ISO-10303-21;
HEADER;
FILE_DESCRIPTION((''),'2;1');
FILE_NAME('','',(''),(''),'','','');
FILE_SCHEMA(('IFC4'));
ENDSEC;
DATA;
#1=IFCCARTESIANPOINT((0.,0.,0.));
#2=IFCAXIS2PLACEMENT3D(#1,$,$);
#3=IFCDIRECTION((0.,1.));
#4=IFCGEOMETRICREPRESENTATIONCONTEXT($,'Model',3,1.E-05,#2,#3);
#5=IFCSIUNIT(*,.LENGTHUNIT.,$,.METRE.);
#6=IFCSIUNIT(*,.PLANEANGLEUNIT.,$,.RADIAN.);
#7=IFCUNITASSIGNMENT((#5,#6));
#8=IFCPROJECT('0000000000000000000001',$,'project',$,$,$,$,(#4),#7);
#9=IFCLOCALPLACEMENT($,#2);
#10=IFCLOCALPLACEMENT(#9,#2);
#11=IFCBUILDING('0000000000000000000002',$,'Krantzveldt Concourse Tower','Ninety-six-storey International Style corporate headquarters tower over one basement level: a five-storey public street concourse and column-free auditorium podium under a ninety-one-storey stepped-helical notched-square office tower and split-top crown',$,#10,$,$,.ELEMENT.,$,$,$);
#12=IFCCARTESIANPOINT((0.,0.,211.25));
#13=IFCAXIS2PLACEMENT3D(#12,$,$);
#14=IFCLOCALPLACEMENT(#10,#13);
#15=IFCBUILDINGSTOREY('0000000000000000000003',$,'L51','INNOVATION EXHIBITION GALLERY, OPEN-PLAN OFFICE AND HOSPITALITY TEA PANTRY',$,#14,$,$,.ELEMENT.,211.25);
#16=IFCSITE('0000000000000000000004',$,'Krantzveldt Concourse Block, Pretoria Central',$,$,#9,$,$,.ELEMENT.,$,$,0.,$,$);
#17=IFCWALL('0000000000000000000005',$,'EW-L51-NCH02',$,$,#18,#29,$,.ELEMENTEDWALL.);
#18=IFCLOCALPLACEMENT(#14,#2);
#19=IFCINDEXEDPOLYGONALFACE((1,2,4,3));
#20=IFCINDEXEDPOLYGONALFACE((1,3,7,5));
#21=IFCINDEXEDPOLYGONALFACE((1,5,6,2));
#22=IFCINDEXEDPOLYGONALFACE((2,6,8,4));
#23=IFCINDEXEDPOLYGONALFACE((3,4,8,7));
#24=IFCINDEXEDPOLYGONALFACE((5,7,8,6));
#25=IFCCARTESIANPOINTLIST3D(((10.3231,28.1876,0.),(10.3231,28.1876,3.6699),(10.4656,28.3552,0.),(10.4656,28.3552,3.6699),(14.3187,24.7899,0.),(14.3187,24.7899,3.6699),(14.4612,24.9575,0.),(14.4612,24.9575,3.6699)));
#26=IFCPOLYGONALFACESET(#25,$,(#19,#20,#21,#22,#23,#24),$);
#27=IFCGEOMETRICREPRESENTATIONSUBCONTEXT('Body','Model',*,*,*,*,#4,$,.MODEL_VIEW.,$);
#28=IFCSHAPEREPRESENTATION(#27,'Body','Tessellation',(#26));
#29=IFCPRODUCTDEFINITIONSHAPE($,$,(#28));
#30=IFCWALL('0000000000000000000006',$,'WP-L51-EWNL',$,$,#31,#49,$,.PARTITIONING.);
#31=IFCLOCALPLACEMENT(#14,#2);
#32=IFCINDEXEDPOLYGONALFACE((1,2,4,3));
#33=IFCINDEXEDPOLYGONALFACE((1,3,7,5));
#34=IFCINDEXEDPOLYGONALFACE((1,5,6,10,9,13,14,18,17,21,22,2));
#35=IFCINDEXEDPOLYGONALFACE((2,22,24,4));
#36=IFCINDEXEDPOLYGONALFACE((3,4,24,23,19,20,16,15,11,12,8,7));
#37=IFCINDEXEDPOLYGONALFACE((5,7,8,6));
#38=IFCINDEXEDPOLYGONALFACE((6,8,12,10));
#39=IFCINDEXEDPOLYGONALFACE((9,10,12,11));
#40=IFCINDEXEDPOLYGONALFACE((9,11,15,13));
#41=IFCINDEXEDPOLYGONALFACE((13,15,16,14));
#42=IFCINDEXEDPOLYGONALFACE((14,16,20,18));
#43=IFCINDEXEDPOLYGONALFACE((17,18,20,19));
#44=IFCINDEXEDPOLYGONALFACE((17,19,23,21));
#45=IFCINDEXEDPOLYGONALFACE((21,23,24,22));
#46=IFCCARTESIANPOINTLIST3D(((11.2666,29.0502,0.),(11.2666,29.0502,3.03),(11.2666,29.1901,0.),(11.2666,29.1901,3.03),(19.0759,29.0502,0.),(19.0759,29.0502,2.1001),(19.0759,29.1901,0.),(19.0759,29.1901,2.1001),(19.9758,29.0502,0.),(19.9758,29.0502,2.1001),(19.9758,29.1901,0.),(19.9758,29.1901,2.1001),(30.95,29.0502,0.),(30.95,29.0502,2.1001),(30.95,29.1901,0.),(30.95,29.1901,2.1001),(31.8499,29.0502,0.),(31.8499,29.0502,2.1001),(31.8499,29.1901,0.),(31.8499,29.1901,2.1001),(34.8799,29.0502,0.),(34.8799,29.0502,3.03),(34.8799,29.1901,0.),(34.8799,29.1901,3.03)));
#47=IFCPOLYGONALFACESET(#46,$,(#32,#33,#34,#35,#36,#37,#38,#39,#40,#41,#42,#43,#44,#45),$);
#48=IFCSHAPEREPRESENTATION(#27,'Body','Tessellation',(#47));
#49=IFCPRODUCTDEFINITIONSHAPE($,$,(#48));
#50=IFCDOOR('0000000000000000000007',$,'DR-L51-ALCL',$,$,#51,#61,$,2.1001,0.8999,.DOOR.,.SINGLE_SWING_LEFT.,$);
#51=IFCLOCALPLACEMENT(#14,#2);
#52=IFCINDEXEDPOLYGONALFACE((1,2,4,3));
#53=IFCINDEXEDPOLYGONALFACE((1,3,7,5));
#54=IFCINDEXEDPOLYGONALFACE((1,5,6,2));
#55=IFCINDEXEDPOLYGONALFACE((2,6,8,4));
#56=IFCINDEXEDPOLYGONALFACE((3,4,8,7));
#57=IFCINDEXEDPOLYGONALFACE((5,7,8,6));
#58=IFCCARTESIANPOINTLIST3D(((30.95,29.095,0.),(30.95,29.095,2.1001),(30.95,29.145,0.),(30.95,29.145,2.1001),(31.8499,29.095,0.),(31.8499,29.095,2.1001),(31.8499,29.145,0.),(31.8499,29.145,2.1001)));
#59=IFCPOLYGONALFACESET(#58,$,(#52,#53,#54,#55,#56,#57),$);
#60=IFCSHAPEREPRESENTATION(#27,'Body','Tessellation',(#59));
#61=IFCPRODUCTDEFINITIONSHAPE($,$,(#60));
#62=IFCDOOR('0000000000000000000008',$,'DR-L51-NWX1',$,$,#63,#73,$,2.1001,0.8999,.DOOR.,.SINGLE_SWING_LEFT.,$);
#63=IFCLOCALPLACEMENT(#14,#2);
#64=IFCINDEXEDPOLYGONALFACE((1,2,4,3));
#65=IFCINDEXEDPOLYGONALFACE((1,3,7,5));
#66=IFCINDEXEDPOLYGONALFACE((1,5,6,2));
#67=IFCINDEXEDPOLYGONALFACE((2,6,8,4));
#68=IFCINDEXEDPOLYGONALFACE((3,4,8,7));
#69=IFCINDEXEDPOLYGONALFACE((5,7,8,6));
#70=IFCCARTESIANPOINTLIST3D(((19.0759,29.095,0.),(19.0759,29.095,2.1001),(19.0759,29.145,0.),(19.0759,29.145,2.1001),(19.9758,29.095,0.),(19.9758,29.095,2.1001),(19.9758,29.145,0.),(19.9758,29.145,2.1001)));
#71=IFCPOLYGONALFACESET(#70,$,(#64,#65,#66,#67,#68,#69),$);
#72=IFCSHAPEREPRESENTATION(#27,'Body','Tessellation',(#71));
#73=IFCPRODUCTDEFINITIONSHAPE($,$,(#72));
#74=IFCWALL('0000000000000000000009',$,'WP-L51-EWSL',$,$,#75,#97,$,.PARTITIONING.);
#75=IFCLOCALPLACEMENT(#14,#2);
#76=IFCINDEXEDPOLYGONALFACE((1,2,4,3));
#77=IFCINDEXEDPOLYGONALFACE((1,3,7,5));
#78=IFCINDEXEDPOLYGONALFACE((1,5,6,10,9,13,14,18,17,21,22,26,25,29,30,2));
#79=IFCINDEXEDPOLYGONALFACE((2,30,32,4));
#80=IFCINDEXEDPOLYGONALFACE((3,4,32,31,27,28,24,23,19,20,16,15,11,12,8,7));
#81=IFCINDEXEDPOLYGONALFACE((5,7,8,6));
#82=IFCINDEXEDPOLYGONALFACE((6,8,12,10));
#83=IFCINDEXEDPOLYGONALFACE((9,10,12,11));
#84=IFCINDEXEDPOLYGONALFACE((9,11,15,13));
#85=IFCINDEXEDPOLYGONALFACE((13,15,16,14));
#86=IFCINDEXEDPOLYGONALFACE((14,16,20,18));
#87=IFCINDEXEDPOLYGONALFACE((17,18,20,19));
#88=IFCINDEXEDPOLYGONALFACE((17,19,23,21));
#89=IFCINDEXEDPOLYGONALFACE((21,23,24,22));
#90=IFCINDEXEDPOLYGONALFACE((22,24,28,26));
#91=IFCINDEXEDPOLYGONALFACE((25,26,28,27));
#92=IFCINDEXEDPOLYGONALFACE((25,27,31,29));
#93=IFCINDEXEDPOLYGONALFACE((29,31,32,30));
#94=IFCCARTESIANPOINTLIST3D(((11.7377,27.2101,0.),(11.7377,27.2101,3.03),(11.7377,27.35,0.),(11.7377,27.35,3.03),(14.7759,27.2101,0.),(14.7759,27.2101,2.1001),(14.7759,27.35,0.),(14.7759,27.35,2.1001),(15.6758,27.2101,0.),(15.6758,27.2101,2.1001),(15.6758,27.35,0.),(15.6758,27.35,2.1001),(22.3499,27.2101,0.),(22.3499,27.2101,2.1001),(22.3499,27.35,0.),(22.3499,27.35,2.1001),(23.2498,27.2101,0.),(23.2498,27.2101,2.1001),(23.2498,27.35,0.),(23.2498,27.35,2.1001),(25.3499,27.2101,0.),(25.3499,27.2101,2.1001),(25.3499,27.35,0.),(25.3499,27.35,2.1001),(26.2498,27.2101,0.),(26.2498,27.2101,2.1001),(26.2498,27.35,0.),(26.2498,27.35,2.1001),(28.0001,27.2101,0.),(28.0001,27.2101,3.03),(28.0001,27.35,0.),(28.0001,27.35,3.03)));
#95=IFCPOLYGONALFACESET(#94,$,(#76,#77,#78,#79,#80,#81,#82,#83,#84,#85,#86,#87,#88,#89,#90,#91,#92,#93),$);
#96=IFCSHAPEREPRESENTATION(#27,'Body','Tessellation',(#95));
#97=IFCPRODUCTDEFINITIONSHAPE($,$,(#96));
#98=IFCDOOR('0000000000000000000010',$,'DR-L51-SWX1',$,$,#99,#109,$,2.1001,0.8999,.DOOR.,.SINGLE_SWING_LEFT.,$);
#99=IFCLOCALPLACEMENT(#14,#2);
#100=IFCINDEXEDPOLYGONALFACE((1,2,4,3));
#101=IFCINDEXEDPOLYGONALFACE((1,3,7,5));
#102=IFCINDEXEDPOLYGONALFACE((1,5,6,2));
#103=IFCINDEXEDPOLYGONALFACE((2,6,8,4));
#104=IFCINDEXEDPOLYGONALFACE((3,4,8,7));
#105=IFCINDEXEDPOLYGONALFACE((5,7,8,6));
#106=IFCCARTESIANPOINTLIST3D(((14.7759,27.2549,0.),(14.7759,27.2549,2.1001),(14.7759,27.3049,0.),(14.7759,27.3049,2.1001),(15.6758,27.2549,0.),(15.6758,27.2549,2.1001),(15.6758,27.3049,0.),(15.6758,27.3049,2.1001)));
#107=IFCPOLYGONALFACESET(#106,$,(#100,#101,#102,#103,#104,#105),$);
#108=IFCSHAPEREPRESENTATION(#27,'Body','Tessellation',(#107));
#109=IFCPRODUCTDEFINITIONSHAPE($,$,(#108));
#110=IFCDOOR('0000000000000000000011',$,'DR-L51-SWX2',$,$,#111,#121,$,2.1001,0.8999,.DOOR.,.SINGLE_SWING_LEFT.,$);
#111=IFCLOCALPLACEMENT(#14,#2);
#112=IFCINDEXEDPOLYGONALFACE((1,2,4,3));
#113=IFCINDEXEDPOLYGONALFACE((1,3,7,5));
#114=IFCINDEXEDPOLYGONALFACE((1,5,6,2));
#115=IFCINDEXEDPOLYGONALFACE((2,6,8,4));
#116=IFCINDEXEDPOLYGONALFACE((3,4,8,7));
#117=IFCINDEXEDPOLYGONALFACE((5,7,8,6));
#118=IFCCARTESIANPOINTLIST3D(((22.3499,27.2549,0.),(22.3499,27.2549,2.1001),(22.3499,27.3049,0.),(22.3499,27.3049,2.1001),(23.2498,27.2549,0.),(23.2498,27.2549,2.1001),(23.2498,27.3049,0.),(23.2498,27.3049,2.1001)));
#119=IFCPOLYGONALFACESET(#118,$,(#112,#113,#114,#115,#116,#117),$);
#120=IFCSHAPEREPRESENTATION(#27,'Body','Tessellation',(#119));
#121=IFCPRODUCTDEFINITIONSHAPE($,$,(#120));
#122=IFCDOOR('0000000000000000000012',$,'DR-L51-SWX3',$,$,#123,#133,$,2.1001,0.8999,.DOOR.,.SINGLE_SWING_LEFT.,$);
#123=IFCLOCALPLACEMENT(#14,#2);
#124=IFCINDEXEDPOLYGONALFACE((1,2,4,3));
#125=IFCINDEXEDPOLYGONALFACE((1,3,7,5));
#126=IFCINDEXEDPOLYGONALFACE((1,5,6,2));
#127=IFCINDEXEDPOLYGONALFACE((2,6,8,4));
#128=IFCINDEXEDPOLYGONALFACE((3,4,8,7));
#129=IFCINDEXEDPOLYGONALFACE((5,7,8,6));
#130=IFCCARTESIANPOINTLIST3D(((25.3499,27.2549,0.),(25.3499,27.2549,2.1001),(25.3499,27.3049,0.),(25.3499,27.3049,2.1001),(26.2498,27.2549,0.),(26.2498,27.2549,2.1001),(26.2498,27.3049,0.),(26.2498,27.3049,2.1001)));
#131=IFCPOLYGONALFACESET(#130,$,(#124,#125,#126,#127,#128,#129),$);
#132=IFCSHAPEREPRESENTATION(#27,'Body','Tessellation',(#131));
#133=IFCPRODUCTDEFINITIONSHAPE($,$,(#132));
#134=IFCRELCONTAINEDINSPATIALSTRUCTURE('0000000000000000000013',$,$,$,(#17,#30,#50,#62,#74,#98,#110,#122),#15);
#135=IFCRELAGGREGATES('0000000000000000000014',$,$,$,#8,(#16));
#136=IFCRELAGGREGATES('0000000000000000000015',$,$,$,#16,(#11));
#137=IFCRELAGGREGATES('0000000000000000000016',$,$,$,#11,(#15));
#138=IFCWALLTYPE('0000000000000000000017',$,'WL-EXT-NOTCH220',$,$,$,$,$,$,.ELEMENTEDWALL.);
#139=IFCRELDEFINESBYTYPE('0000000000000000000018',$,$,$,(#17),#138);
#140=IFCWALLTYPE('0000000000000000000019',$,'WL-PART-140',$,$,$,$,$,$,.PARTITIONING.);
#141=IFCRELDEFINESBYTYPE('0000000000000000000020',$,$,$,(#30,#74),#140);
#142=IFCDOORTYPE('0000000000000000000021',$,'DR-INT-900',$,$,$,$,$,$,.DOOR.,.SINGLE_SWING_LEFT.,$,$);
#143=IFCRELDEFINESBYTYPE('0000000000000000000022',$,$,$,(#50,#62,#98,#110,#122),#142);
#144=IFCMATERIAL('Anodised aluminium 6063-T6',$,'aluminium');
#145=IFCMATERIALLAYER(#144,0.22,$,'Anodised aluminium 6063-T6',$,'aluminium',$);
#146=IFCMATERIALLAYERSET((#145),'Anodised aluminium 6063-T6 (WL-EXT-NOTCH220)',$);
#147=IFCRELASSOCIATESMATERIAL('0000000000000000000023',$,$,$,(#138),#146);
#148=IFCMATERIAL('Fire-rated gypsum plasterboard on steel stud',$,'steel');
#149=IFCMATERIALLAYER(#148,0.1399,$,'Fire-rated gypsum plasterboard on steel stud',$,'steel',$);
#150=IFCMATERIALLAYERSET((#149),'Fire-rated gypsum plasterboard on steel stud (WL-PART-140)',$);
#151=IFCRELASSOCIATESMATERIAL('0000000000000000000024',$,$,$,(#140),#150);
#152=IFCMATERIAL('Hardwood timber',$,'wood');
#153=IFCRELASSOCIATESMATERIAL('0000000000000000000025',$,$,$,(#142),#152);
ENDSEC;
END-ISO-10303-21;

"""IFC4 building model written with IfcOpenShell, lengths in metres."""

from ifc_helpers import new_model, si_unit, direction, frame, frame_2d, origin, place, context, subcontext, project, spatial, rectangle, extrude, material, layer, layer_set, type_object, element, fill, save


model = new_model("IFC4")

# Units and contexts
model_context = context("Model", 3, precision=1e-05, world=origin(), true_north=direction((0.0, 1.0)))
body_context = subcontext(model_context, "Body", "Model", "MODEL_VIEW")
ifc_project = project(units=[si_unit("LENGTHUNIT", "METRE"), si_unit("PLANEANGLEUNIT", "RADIAN")], contexts=[model_context])

# Site, building, storey
site_placement = place(None, origin())
site = spatial("IfcSite", under=ifc_project, at=site_placement, Name="Krantzveldt Concourse Block, Pretoria Central", CompositionType="ELEMENT", RefElevation=0.0)
building_placement = place(site_placement, origin())
building = spatial("IfcBuilding", under=site, at=building_placement, Name="Krantzveldt Concourse Tower", Description="Ninety-six-storey International Style corporate headquarters tower over one basement level: a five-storey public street concourse and column-free auditorium podium under a ninety-one-storey stepped-helical notched-square office tower and split-top crown", CompositionType="ELEMENT")
storey_placement = place(building_placement, frame((0.0, 0.0, 211.25)))
storey = spatial("IfcBuildingStorey", under=building, at=storey_placement, Name="L51", Description="INNOVATION EXHIBITION GALLERY, OPEN-PLAN OFFICE AND HOSPITALITY TEA PANTRY", CompositionType="ELEMENT", Elevation=211.25)

# Shared definitions
ifc_material_1 = material(Name="Anodised aluminium 6063-T6", Category="aluminium")

# Wall
ifc_layer_1 = layer(ifc_material_1, 0.22, Name="Anodised aluminium 6063-T6", Category="aluminium")
ifc_layer_set_1 = layer_set([ifc_layer_1], Name="Anodised aluminium 6063-T6 (WL-EXT-NOTCH220)")
wall_type_1 = type_object("IfcWallType", Name="WL-EXT-NOTCH220", PredefinedType="ELEMENTEDWALL", material=ifc_layer_set_1)
wall_1_placement = place(storey_placement, frame((10.3943, 28.2715, 0.0), z_axis=(0.0, 0.0, 1.0), x_axis=(0.761804, -0.647808, 0.0)))
element("IfcWall", 1, at=wall_1_placement, inside=storey, type_object=wall_type_1, Name="EW-L51-NCH02", PredefinedType="ELEMENTEDWALL", context=body_context, shape_type="SweptSolid", body=[
    extrude(rectangle(XDim=5.2449, YDim=0.22, at=frame_2d((2.6226, 0.0))), origin(), (0.0, 0.0, 1.0), 3.6699),
])

# Walls, openings, doors
ifc_material_2 = material(Name="Fire-rated gypsum plasterboard on steel stud", Category="steel")
ifc_layer_2 = layer(ifc_material_2, 0.1399, Name="Fire-rated gypsum plasterboard on steel stud", Category="steel")
ifc_layer_set_2 = layer_set([ifc_layer_2], Name="Fire-rated gypsum plasterboard on steel stud (WL-PART-140)")
wall_type_2 = type_object("IfcWallType", Name="WL-PART-140", PredefinedType="PARTITIONING", material=ifc_layer_set_2)
wall_2_placement = place(storey_placement, frame((11.2666, 29.1201, 0.0), z_axis=(0.0, 0.0, 1.0), x_axis=(1.0, 0.0, 0.0)))
wall_2 = element("IfcWall", 2, at=wall_2_placement, inside=storey, type_object=wall_type_2, Name="WP-L51-EWNL", PredefinedType="PARTITIONING", context=body_context, shape_type="SweptSolid", body=[
    extrude(rectangle(XDim=23.6133, YDim=0.1399, at=frame_2d((11.8066, 0.0))), origin(), (0.0, 0.0, 1.0), 3.03),
])
opening_1_placement = place(wall_2_placement, frame((19.6833, 0.0, 0.0)))
opening_1 = element("IfcOpeningElement", 3, at=opening_1_placement, cuts=wall_2, PredefinedType="OPENING", context=body_context, shape_type="SweptSolid", body=[
    extrude(rectangle(XDim=0.8999, YDim=2.1001, at=frame_2d((0.45, 1.05))), frame((0.0, 0.0801, 0.0), z_axis=(0.0, -1.0, 0.0), x_axis=(1.0, 0.0, 0.0)), (0.0, 0.0, 1.0), 0.1599),
])
opening_2_placement = place(wall_2_placement, frame((7.8093, 0.0, 0.0)))
opening_2 = element("IfcOpeningElement", 4, at=opening_2_placement, cuts=wall_2, PredefinedType="OPENING", context=body_context, shape_type="SweptSolid", body=[
    extrude(rectangle(XDim=0.8999, YDim=2.1001, at=frame_2d((0.45, 1.05))), frame((0.0, 0.0801, 0.0), z_axis=(0.0, -1.0, 0.0), x_axis=(1.0, 0.0, 0.0)), (0.0, 0.0, 1.0), 0.1599),
])
ifc_material_3 = material(Name="Hardwood timber", Category="wood")
door_type = type_object("IfcDoorType", Name="DR-INT-900", OperationType="SINGLE_SWING_LEFT", PredefinedType="DOOR", material=ifc_material_3)
door_1_placement = place(opening_1_placement, origin())
door_1 = element("IfcDoor", 5, at=door_1_placement, inside=storey, type_object=door_type, Name="DR-L51-ALCL", OperationType="SINGLE_SWING_LEFT", OverallHeight=2.1001, OverallWidth=0.8999, PredefinedType="DOOR", context=body_context, shape_type="SweptSolid", body=[
    extrude(rectangle(XDim=0.8999, YDim=2.1001, at=frame_2d((0.45, 1.05))), frame((0.0, 0.0249, 0.0), z_axis=(0.0, -1.0, 0.0), x_axis=(1.0, 0.0, 0.0)), (0.0, 0.0, 1.0), 0.05),
])
fill(opening_1, door_1)
door_2_placement = place(opening_2_placement, origin())
door_2 = element("IfcDoor", 6, at=door_2_placement, inside=storey, type_object=door_type, Name="DR-L51-NWX1", OperationType="SINGLE_SWING_LEFT", OverallHeight=2.1001, OverallWidth=0.8999, PredefinedType="DOOR", context=body_context, shape_type="SweptSolid", body=[
    extrude(rectangle(XDim=0.8999, YDim=2.1001, at=frame_2d((0.45, 1.05))), frame((0.0, 0.0249, 0.0), z_axis=(0.0, -1.0, 0.0), x_axis=(1.0, 0.0, 0.0)), (0.0, 0.0, 1.0), 0.05),
])
fill(opening_2, door_2)
wall_3_placement = place(storey_placement, frame((11.7375, 27.28, 0.0), z_axis=(0.0, 0.0, 1.0), x_axis=(1.0, 0.0, 0.0)))
wall_3 = element("IfcWall", 7, at=wall_3_placement, inside=storey, type_object=wall_type_2, Name="WP-L51-EWSL", PredefinedType="PARTITIONING", context=body_context, shape_type="SweptSolid", body=[
    extrude(rectangle(XDim=16.2625, YDim=0.1399, at=frame_2d((8.1313, 0.0))), origin(), (0.0, 0.0, 1.0), 3.03),
])
opening_3_placement = place(wall_3_placement, frame((3.0383, 0.0, 0.0)))
opening_3 = element("IfcOpeningElement", 8, at=opening_3_placement, cuts=wall_3, PredefinedType="OPENING", context=body_context, shape_type="SweptSolid", body=[
    extrude(rectangle(XDim=0.8999, YDim=2.1001, at=frame_2d((0.45, 1.05))), frame((0.0, 0.0801, 0.0), z_axis=(0.0, -1.0, 0.0), x_axis=(1.0, 0.0, 0.0)), (0.0, 0.0, 1.0), 0.1599),
])
opening_4_placement = place(wall_3_placement, frame((10.6123, 0.0, 0.0)))
opening_4 = element("IfcOpeningElement", 9, at=opening_4_placement, cuts=wall_3, PredefinedType="OPENING", context=body_context, shape_type="SweptSolid", body=[
    extrude(rectangle(XDim=0.8999, YDim=2.1001, at=frame_2d((0.45, 1.05))), frame((0.0, 0.0801, 0.0), z_axis=(0.0, -1.0, 0.0), x_axis=(1.0, 0.0, 0.0)), (0.0, 0.0, 1.0), 0.1599),
])
opening_5_placement = place(wall_3_placement, frame((13.6123, 0.0, 0.0)))
opening_5 = element("IfcOpeningElement", 10, at=opening_5_placement, cuts=wall_3, PredefinedType="OPENING", context=body_context, shape_type="SweptSolid", body=[
    extrude(rectangle(XDim=0.8999, YDim=2.1001, at=frame_2d((0.45, 1.05))), frame((0.0, 0.0801, 0.0), z_axis=(0.0, -1.0, 0.0), x_axis=(1.0, 0.0, 0.0)), (0.0, 0.0, 1.0), 0.1599),
])
door_3_placement = place(opening_3_placement, origin())
door_3 = element("IfcDoor", 11, at=door_3_placement, inside=storey, type_object=door_type, Name="DR-L51-SWX1", OperationType="SINGLE_SWING_LEFT", OverallHeight=2.1001, OverallWidth=0.8999, PredefinedType="DOOR", context=body_context, shape_type="SweptSolid", body=[
    extrude(rectangle(XDim=0.8999, YDim=2.1001, at=frame_2d((0.45, 1.05))), frame((0.0, 0.0249, 0.0), z_axis=(0.0, -1.0, 0.0), x_axis=(1.0, 0.0, 0.0)), (0.0, 0.0, 1.0), 0.05),
])
fill(opening_3, door_3)
door_4_placement = place(opening_4_placement, origin())
door_4 = element("IfcDoor", 12, at=door_4_placement, inside=storey, type_object=door_type, Name="DR-L51-SWX2", OperationType="SINGLE_SWING_LEFT", OverallHeight=2.1001, OverallWidth=0.8999, PredefinedType="DOOR", context=body_context, shape_type="SweptSolid", body=[
    extrude(rectangle(XDim=0.8999, YDim=2.1001, at=frame_2d((0.45, 1.05))), frame((0.0, 0.0249, 0.0), z_axis=(0.0, -1.0, 0.0), x_axis=(1.0, 0.0, 0.0)), (0.0, 0.0, 1.0), 0.05),
])
fill(opening_4, door_4)
door_5_placement = place(opening_5_placement, origin())
door_5 = element("IfcDoor", 13, at=door_5_placement, inside=storey, type_object=door_type, Name="DR-L51-SWX3", OperationType="SINGLE_SWING_LEFT", OverallHeight=2.1001, OverallWidth=0.8999, PredefinedType="DOOR", context=body_context, shape_type="SweptSolid", body=[
    extrude(rectangle(XDim=0.8999, YDim=2.1001, at=frame_2d((0.45, 1.05))), frame((0.0, 0.0249, 0.0), z_axis=(0.0, -1.0, 0.0), x_axis=(1.0, 0.0, 0.0)), (0.0, 0.0, 1.0), 0.05),
])
fill(opening_5, door_5)

save(model, "model.ifc")
